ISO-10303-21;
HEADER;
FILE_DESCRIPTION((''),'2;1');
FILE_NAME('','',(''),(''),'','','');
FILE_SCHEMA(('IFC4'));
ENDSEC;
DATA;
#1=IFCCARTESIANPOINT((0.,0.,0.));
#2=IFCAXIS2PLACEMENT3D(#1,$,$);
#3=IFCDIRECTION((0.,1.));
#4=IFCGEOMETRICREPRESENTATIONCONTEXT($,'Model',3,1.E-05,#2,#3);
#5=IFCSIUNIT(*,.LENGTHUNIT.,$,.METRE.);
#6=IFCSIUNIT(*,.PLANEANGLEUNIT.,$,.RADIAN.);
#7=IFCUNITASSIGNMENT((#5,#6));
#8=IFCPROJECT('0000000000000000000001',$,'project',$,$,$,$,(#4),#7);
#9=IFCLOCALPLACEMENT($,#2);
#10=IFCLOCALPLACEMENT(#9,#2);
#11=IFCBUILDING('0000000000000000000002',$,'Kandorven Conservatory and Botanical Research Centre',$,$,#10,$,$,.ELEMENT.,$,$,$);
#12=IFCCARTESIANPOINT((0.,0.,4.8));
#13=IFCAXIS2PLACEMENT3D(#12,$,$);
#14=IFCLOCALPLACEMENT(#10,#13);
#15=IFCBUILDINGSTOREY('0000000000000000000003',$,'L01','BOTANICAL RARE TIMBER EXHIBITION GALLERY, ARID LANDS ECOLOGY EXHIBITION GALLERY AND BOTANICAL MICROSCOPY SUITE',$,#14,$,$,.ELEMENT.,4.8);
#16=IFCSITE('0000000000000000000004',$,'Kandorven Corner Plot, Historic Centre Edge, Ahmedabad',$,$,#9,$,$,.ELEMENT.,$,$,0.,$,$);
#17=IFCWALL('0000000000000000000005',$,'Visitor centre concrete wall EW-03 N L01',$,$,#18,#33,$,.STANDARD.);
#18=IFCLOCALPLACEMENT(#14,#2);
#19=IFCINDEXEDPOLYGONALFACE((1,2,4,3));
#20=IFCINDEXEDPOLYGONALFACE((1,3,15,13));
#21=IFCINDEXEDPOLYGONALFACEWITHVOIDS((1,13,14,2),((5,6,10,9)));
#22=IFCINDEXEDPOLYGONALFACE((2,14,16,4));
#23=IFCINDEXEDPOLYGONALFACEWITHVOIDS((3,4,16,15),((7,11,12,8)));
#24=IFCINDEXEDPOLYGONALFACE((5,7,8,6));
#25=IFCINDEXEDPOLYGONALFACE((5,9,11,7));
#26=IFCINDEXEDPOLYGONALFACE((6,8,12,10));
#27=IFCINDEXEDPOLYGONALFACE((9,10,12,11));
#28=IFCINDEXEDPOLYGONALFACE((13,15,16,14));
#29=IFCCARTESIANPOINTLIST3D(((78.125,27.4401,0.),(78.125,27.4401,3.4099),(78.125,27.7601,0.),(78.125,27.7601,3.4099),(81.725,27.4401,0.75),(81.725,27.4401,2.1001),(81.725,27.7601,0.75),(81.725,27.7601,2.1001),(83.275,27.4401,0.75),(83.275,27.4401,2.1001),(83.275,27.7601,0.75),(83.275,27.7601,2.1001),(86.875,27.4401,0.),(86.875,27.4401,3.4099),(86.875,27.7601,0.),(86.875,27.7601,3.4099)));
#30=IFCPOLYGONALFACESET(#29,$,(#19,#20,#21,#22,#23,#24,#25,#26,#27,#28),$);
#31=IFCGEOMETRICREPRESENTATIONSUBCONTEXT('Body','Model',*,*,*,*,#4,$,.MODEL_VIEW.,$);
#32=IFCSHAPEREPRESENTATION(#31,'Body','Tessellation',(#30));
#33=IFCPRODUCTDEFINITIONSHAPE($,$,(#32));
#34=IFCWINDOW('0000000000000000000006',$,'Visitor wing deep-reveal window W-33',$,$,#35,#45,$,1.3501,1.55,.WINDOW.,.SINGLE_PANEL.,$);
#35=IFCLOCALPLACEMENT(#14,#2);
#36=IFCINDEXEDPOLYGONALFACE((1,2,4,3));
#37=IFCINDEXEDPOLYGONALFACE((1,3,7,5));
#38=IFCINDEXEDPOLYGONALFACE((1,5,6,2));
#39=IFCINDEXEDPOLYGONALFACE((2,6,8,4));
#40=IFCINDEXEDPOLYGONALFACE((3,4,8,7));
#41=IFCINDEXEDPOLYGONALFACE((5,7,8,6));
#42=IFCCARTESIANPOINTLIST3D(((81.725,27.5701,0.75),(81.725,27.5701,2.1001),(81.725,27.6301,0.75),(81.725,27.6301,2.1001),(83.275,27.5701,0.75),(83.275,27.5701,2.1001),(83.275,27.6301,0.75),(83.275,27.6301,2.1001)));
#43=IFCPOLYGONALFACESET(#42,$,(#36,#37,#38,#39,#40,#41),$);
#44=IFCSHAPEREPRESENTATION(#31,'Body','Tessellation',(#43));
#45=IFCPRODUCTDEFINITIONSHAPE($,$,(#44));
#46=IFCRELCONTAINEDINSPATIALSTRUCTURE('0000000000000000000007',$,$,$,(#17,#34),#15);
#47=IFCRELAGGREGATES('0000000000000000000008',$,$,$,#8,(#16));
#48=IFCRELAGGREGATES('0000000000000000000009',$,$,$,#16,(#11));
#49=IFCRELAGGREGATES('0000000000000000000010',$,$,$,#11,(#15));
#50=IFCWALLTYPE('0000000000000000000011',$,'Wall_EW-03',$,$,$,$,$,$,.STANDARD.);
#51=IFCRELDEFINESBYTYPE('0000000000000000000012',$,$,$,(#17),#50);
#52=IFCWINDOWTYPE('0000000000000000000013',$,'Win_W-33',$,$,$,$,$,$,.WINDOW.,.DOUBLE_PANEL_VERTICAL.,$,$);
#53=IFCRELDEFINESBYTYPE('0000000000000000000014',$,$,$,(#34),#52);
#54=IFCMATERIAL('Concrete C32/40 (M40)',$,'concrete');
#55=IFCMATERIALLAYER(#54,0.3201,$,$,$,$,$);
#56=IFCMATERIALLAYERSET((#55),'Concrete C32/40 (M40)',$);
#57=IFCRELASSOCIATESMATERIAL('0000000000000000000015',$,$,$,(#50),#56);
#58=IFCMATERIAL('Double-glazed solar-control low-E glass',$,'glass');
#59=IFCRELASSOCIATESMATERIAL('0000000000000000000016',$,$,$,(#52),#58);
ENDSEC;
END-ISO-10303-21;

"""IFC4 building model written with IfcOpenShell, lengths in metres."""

from ifc_helpers import new_model, si_unit, direction, frame, frame_2d, origin, place, context, subcontext, project, spatial, rectangle, extrude, material, layer, layer_set, type_object, element, fill, save


model = new_model("IFC4")

# Units and contexts
model_context = context("Model", 3, precision=1e-05, world=origin(), true_north=direction((0.0, 1.0)))
body_context = subcontext(model_context, "Body", "Model", "MODEL_VIEW")
ifc_project = project(units=[si_unit("LENGTHUNIT", "METRE"), si_unit("PLANEANGLEUNIT", "RADIAN")], contexts=[model_context])

# Site, building, storey
site_placement = place(None, origin())
site = spatial("IfcSite", under=ifc_project, at=site_placement, Name="Kandorven Corner Plot, Historic Centre Edge, Ahmedabad", CompositionType="ELEMENT", RefElevation=0.0)
building_placement = place(site_placement, origin())
building = spatial("IfcBuilding", under=site, at=building_placement, Name="Kandorven Conservatory and Botanical Research Centre", CompositionType="ELEMENT")
storey_placement = place(building_placement, frame((0.0, 0.0, 4.8)))
storey = spatial("IfcBuildingStorey", under=building, at=storey_placement, Name="L01", Description="BOTANICAL RARE TIMBER EXHIBITION GALLERY, ARID LANDS ECOLOGY EXHIBITION GALLERY AND BOTANICAL MICROSCOPY SUITE", CompositionType="ELEMENT", Elevation=4.8)

# Wall, opening, window
ifc_material_1 = material(Name="Concrete C32/40 (M40)", Category="concrete")
ifc_layer_1 = layer(ifc_material_1, 0.3201)
ifc_layer_set_1 = layer_set([ifc_layer_1], Name="Concrete C32/40 (M40)")
wall_type = type_object("IfcWallType", Name="Wall_EW-03", PredefinedType="STANDARD", material=ifc_layer_set_1)
wall_placement = place(storey_placement, frame((78.125, 27.6001, 0.0), z_axis=(0.0, 0.0, 1.0), x_axis=(1.0, 0.0, 0.0)))
wall = element("IfcWall", 1, at=wall_placement, inside=storey, type_object=wall_type, Name="Visitor centre concrete wall EW-03 N L01", PredefinedType="STANDARD", context=body_context, shape_type="SweptSolid", body=[
    extrude(rectangle(XDim=8.75, YDim=0.3201, at=frame_2d((4.375, 0.0))), origin(), (0.0, 0.0, 1.0), 3.4099),
])
opening_placement = place(wall_placement, frame((3.6001, 0.0, 0.75)))
opening = element("IfcOpeningElement", 2, at=opening_placement, cuts=wall, PredefinedType="OPENING", context=body_context, shape_type="SweptSolid", body=[
    extrude(rectangle(XDim=1.55, YDim=1.3501, at=frame_2d((0.7749, 0.675))), frame((0.0, 0.1699, 0.0), z_axis=(0.0, -1.0, 0.0), x_axis=(1.0, 0.0, 0.0)), (0.0, 0.0, 1.0), 0.3401),
])
ifc_material_2 = material(Name="Double-glazed solar-control low-E glass", Category="glass")
window_type = type_object("IfcWindowType", Name="Win_W-33", PartitioningType="DOUBLE_PANEL_VERTICAL", PredefinedType="WINDOW", material=ifc_material_2)
window_placement = place(opening_placement, origin())
window = element("IfcWindow", 3, at=window_placement, inside=storey, type_object=window_type, Name="Visitor wing deep-reveal window W-33", OverallHeight=1.3501, OverallWidth=1.55, PartitioningType="SINGLE_PANEL", PredefinedType="WINDOW", context=body_context, shape_type="SweptSolid", body=[
    extrude(rectangle(XDim=1.55, YDim=1.3501, at=frame_2d((0.7749, 0.675))), frame((0.0, 0.03, 0.0), z_axis=(0.0, -1.0, 0.0), x_axis=(1.0, 0.0, 0.0)), (0.0, 0.0, 1.0), 0.0601),
])
fill(opening, window)

save(model, "model.ifc")
